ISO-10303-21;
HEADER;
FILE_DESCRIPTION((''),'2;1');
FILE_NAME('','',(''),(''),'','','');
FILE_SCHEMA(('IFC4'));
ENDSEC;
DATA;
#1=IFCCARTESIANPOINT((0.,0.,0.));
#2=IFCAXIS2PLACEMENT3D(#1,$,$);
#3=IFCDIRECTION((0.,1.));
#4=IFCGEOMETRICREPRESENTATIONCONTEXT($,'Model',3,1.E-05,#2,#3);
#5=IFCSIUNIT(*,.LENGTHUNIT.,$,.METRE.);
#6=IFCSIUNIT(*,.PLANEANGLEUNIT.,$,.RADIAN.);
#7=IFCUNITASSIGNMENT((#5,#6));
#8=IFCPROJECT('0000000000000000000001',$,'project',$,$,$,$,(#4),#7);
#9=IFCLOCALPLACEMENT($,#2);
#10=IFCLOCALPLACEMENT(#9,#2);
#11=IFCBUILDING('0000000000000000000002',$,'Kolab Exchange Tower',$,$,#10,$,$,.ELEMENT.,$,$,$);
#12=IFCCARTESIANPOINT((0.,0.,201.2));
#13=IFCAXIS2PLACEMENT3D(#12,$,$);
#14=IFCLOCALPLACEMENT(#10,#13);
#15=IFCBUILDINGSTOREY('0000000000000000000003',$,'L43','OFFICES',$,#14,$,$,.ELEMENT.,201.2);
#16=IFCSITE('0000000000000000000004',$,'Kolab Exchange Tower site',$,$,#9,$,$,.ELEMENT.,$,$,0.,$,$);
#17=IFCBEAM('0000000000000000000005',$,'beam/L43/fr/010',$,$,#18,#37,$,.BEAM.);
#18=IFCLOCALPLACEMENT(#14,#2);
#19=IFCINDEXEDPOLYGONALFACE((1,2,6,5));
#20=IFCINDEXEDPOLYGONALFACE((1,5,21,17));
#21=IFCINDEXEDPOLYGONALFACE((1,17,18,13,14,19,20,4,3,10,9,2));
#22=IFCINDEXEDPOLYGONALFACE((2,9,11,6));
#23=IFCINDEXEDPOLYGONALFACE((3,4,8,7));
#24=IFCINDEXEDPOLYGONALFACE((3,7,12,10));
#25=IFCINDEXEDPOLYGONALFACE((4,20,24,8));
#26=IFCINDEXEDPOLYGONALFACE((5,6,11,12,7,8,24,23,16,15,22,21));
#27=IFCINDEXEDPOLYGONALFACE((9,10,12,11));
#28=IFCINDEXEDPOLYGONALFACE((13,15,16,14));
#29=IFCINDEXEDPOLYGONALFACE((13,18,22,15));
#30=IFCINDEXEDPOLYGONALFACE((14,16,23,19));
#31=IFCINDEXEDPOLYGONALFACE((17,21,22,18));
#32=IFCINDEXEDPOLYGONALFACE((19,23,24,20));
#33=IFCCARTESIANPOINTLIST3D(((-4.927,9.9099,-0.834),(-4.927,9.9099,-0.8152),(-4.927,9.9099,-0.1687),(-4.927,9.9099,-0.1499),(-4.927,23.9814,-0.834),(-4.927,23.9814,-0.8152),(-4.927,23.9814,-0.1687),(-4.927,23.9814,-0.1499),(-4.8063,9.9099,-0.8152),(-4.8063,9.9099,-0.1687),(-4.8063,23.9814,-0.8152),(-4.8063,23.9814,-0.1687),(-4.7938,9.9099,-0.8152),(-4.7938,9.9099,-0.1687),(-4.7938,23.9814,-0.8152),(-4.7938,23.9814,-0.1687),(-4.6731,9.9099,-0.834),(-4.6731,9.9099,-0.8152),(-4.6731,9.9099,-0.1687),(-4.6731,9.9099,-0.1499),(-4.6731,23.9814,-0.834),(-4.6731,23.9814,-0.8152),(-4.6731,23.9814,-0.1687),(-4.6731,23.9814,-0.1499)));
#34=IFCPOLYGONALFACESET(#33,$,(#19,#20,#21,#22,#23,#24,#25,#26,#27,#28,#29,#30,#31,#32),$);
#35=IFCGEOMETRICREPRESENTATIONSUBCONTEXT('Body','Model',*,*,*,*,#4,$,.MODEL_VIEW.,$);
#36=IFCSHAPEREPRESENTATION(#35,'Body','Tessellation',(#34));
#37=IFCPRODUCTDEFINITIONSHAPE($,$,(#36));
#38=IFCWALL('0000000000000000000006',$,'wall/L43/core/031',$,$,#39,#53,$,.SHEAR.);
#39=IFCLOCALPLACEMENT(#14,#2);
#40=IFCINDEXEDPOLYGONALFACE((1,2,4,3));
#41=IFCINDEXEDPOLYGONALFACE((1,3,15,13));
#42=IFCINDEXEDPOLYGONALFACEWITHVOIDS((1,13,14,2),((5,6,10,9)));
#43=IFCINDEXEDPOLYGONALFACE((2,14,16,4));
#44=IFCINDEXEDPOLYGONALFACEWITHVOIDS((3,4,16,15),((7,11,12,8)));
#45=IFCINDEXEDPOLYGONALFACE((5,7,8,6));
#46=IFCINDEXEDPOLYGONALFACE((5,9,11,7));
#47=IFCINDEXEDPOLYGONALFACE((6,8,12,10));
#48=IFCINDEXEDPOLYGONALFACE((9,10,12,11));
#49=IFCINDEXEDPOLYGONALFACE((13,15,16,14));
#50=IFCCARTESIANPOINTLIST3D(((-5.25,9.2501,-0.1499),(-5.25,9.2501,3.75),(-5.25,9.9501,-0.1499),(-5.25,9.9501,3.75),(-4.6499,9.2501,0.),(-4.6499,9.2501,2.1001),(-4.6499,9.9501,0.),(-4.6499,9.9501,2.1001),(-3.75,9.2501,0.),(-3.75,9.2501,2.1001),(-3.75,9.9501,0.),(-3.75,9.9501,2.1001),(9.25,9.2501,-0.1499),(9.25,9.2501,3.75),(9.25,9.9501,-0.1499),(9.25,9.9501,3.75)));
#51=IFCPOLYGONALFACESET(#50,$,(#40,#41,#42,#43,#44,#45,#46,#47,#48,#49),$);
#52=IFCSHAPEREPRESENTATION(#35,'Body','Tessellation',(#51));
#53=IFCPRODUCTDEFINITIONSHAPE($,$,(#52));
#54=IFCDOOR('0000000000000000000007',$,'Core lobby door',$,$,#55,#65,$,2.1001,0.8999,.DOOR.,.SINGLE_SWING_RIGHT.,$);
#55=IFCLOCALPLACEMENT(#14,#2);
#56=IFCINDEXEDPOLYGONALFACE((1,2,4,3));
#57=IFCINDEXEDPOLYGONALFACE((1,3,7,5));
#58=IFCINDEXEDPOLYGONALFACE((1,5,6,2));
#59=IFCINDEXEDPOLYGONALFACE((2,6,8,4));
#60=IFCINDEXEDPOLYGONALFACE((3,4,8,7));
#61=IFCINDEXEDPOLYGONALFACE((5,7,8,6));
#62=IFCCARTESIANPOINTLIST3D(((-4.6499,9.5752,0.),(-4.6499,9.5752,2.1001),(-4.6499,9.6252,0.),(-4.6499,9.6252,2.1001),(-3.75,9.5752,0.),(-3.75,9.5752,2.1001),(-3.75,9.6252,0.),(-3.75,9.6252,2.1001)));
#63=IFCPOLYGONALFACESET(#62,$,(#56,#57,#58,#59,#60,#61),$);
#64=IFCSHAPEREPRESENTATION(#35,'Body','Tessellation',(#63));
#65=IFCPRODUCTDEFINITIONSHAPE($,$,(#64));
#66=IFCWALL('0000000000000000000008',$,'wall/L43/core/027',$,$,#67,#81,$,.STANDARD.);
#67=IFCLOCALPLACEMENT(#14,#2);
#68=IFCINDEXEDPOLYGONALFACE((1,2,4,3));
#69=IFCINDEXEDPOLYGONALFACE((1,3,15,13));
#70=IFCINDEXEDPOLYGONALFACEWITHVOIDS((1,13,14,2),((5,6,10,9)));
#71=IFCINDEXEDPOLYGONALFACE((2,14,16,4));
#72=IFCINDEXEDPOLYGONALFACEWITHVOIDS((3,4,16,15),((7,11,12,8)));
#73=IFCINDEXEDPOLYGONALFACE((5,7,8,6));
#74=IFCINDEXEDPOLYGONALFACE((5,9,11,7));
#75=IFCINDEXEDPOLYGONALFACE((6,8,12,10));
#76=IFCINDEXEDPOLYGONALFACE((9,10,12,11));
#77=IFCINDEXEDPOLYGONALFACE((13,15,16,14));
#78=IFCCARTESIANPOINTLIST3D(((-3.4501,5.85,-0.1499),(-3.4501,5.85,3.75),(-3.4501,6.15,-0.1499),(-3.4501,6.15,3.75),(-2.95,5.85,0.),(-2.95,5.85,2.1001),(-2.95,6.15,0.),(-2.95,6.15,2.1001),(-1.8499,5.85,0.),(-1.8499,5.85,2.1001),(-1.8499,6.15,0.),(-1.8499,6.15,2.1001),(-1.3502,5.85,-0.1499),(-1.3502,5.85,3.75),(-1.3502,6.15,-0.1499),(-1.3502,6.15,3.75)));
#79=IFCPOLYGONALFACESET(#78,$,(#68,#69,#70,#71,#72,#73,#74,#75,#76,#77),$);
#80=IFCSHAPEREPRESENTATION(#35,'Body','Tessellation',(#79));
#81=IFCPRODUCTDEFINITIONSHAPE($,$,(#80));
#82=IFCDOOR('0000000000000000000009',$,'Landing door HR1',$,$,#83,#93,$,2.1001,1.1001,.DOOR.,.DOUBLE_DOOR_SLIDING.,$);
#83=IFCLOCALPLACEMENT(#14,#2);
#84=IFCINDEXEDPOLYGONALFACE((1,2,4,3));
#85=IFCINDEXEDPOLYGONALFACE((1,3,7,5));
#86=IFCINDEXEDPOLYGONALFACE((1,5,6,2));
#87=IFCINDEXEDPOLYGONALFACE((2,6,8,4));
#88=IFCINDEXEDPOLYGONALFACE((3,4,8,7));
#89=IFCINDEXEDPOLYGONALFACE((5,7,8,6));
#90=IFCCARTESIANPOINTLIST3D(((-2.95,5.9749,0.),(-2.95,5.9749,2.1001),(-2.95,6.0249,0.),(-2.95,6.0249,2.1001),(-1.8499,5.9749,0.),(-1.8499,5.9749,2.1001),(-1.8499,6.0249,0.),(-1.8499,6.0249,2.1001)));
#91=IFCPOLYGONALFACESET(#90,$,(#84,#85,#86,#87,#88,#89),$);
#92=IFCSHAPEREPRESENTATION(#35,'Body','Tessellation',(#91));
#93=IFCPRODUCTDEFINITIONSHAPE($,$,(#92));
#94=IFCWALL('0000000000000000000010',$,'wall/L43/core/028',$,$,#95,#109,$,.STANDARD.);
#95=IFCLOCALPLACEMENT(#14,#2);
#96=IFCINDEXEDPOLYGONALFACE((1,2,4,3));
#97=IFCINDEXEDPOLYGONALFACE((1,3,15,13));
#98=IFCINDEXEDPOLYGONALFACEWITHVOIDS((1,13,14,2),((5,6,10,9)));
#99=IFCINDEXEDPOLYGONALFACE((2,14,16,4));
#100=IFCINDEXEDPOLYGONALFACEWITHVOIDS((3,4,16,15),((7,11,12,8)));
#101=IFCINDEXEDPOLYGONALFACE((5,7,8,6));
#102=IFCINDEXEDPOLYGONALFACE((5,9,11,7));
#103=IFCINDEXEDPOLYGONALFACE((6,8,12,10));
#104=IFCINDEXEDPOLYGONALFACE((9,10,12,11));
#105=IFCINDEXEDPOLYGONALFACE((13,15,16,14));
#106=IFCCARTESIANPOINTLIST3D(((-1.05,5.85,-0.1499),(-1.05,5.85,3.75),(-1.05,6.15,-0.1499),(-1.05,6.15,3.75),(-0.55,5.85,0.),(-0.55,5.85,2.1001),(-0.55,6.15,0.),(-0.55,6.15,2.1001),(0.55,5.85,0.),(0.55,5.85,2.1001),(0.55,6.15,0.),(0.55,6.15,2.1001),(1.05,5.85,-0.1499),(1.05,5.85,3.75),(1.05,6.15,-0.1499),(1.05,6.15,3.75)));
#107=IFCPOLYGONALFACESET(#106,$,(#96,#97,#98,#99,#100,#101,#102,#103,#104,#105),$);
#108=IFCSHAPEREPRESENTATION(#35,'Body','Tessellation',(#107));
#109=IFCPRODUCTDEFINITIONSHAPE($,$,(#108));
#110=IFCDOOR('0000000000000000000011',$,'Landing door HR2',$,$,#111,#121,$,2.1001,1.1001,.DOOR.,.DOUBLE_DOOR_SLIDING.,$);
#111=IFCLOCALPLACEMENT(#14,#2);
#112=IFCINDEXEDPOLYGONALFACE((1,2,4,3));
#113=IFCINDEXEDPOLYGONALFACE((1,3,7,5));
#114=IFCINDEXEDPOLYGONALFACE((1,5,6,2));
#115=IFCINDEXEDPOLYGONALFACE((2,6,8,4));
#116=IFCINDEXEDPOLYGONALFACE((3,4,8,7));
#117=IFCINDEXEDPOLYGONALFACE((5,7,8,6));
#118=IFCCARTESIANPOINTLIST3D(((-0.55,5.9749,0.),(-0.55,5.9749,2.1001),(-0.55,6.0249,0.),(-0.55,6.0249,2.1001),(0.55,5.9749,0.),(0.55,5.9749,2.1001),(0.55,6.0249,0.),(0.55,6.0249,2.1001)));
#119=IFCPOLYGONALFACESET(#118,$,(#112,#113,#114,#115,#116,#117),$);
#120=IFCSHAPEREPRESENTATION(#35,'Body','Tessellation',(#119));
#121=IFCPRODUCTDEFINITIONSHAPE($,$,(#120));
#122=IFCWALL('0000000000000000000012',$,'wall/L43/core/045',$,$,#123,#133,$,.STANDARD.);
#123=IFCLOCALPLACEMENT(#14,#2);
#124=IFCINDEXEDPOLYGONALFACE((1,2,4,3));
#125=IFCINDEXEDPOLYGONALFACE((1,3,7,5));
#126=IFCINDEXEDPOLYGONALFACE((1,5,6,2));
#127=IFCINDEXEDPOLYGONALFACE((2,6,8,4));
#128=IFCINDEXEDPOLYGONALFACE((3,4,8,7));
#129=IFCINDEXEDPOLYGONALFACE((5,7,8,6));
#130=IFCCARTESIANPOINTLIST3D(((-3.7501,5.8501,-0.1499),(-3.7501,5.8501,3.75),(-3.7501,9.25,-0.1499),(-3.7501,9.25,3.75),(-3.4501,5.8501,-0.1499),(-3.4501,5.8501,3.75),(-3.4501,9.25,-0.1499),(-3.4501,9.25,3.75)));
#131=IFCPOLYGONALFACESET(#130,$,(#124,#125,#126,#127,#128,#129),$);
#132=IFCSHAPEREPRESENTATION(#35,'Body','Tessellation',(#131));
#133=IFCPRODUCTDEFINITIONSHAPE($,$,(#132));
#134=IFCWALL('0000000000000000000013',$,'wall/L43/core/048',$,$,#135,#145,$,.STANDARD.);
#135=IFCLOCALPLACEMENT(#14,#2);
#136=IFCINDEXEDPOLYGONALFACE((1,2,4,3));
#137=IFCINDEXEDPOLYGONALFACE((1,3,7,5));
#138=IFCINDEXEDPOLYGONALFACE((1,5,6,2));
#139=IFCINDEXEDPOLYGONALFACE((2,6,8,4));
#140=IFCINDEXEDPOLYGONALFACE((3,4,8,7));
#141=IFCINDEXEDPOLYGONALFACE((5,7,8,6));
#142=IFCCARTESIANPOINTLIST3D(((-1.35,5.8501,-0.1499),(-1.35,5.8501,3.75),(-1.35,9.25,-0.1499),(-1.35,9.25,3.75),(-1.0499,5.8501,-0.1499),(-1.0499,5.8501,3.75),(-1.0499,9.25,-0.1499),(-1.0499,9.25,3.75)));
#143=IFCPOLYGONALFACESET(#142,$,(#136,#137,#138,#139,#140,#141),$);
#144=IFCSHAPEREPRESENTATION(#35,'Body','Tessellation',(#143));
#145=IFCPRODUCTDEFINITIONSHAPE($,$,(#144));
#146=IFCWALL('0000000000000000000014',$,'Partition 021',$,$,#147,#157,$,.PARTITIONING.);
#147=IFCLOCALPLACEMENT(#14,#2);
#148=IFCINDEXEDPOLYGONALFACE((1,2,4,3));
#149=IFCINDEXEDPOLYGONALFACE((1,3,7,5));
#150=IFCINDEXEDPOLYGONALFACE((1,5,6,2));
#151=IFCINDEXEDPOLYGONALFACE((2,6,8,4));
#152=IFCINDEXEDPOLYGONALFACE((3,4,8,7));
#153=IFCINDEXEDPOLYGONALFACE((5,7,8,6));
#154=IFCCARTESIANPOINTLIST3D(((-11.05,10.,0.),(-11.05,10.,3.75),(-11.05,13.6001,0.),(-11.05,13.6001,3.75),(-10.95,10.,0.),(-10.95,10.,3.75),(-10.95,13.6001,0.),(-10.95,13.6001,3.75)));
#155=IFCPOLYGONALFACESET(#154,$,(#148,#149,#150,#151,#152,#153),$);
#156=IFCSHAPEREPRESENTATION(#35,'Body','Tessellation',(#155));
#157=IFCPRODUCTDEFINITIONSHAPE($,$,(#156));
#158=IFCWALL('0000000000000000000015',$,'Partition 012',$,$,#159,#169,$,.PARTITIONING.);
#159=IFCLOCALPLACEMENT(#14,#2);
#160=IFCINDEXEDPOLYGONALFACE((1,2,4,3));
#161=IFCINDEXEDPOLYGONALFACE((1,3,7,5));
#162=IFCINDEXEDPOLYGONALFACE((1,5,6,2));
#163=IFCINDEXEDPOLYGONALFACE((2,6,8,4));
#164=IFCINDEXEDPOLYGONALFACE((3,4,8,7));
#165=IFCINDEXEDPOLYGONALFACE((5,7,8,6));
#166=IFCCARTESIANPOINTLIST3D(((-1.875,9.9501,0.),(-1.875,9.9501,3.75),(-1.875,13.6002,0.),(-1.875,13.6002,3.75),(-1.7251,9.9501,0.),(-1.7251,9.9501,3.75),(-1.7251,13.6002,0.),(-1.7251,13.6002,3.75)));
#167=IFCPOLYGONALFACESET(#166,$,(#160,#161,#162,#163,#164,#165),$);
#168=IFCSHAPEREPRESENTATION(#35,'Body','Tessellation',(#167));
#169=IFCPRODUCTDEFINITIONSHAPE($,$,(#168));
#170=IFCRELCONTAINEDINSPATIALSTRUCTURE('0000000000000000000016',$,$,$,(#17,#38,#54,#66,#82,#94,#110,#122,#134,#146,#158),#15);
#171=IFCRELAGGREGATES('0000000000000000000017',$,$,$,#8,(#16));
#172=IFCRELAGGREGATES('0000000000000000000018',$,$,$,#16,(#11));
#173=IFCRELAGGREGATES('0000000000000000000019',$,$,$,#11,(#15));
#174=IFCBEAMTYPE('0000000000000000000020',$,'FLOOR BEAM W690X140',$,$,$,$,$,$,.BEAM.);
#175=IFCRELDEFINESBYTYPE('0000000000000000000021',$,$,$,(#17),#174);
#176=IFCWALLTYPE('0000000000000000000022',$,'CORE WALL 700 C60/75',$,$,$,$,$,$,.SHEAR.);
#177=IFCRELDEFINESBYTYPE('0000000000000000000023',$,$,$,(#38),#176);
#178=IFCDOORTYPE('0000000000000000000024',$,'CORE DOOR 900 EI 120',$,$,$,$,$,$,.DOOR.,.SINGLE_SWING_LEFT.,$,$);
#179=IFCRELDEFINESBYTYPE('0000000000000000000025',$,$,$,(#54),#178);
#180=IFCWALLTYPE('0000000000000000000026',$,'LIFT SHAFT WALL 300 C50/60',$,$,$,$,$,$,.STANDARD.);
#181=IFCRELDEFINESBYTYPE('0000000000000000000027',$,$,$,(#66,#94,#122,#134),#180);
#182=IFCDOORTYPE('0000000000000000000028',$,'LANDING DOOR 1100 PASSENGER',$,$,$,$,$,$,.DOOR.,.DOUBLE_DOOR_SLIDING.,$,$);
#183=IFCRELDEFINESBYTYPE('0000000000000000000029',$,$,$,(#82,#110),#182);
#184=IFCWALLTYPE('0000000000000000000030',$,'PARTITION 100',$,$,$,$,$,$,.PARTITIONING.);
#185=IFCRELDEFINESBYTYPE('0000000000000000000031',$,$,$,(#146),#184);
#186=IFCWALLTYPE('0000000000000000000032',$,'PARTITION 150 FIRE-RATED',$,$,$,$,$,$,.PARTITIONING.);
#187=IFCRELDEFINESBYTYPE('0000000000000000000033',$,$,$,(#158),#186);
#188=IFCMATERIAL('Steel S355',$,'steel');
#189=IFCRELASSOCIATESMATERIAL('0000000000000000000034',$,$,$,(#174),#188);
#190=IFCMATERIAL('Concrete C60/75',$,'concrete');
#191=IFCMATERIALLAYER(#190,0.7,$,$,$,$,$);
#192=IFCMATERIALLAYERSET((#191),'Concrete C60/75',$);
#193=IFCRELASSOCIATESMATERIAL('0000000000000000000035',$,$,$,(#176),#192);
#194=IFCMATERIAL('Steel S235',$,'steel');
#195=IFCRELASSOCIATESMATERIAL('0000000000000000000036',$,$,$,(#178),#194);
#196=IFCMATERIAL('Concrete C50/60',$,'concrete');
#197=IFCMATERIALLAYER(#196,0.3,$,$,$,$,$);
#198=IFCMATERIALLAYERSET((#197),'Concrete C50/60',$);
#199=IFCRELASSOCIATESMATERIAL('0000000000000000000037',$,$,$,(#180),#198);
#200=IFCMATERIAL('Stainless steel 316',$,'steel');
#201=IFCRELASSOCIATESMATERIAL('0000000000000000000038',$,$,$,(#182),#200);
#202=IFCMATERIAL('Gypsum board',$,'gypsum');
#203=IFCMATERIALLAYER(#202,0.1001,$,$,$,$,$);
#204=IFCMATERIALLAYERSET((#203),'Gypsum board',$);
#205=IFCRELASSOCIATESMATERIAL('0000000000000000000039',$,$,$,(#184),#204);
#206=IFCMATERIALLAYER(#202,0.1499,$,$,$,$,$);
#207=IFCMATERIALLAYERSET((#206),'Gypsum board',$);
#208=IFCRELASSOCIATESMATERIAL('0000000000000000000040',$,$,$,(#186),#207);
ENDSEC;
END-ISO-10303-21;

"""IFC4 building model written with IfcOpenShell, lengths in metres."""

from ifc_helpers import new_model, si_unit, direction, frame, frame_2d, origin, origin_2d, place, context, subcontext, project, spatial, rectangle, i_section, extrude, material, layer, layer_set, material_profile, profile_set, type_object, element, fill, save


model = new_model("IFC4")

# Units and contexts
model_context = context("Model", 3, precision=1e-05, world=origin(), true_north=direction((0.0, 1.0)))
body_context = subcontext(model_context, "Body", "Model", "MODEL_VIEW")
ifc_project = project(units=[si_unit("LENGTHUNIT", "METRE"), si_unit("PLANEANGLEUNIT", "RADIAN")], contexts=[model_context])

# Site, building, storey
site_placement = place(None, origin())
site = spatial("IfcSite", under=ifc_project, at=site_placement, Name="Kolab Exchange Tower site", CompositionType="ELEMENT", RefElevation=0.0)
building_placement = place(site_placement, origin())
building = spatial("IfcBuilding", under=site, at=building_placement, Name="Kolab Exchange Tower", CompositionType="ELEMENT")
storey_placement = place(building_placement, frame((0.0, 0.0, 201.2)))
storey = spatial("IfcBuildingStorey", under=building, at=storey_placement, Name="L43", Description="OFFICES", CompositionType="ELEMENT", Elevation=201.2)

# Beam
ifc_material_1 = material(Name="Steel S355", Category="steel")
ifc_material_profile = material_profile(ifc_material_1, i_section(OverallWidth=0.2539, OverallDepth=0.6841, WebThickness=0.0125, FlangeThickness=0.0188, at=origin_2d()), Name="W690X140")
ifc_profile_set = profile_set([ifc_material_profile], Name="Steel S355")
beam_type = type_object("IfcBeamType", Name="FLOOR BEAM W690X140", PredefinedType="BEAM", material=ifc_profile_set)
beam_placement = place(storey_placement, frame((-4.8, 9.9099, -0.4919), z_axis=(0.0, 1.0, 0.0), x_axis=(-1.0, 0.0, 0.0)))
element("IfcBeam", 1, at=beam_placement, inside=storey, type_object=beam_type, Name="beam/L43/fr/010", PredefinedType="BEAM", context=body_context, shape_type="SweptSolid", body=[
    extrude(i_section(OverallWidth=0.2539, OverallDepth=0.6841, WebThickness=0.0125, FlangeThickness=0.0188, at=origin_2d()), origin(), (0.0, 0.0, 1.0), 14.0715),
])

# Walls, openings, doors
ifc_material_2 = material(Name="Concrete C60/75", Category="concrete")
ifc_layer_1 = layer(ifc_material_2, 0.7)
ifc_layer_set_1 = layer_set([ifc_layer_1], Name="Concrete C60/75")
wall_type_1 = type_object("IfcWallType", Name="CORE WALL 700 C60/75", PredefinedType="SHEAR", material=ifc_layer_set_1)
wall_1_placement = place(storey_placement, frame((-5.25, 9.6001, -0.1499), z_axis=(0.0, 0.0, 1.0), x_axis=(1.0, 0.0, 0.0)))
wall_1 = element("IfcWall", 2, at=wall_1_placement, inside=storey, type_object=wall_type_1, Name="wall/L43/core/031", PredefinedType="SHEAR", context=body_context, shape_type="SweptSolid", body=[
    extrude(rectangle(XDim=14.5, YDim=0.7, at=frame_2d((7.25, 0.0))), origin(), (0.0, 0.0, 1.0), 3.8999),
])
opening_1_placement = place(wall_1_placement, frame((0.6001, 0.0, 0.1499)))
opening_1 = element("IfcOpeningElement", 3, at=opening_1_placement, cuts=wall_1, PredefinedType="OPENING", context=body_context, shape_type="SweptSolid", body=[
    extrude(rectangle(XDim=0.8999, YDim=2.1001, at=frame_2d((0.45, 1.05))), frame((0.0, 0.3599, 0.0), z_axis=(0.0, -1.0, 0.0), x_axis=(1.0, 0.0, 0.0)), (0.0, 0.0, 1.0), 0.72),
])
ifc_material_3 = material(Name="Steel S235", Category="steel")
door_type_1 = type_object("IfcDoorType", Name="CORE DOOR 900 EI 120", OperationType="SINGLE_SWING_LEFT", PredefinedType="DOOR", material=ifc_material_3)
door_1_placement = place(opening_1_placement, frame((0.8999, 0.0, 0.0), z_axis=(0.0, 0.0, 1.0), x_axis=(-1.0, 0.0, 0.0)))
door_1 = element("IfcDoor", 4, at=door_1_placement, inside=storey, type_object=door_type_1, Name="Core lobby door", OperationType="SINGLE_SWING_RIGHT", OverallHeight=2.1001, OverallWidth=0.8999, PredefinedType="DOOR", context=body_context, shape_type="SweptSolid", body=[
    extrude(rectangle(XDim=0.8999, YDim=2.1001, at=frame_2d((0.45, 1.05))), frame((0.0, 0.0249, 0.0), z_axis=(0.0, -1.0, 0.0), x_axis=(1.0, 0.0, 0.0)), (0.0, 0.0, 1.0), 0.05),
])
fill(opening_1, door_1)
ifc_material_4 = material(Name="Concrete C50/60", Category="concrete")
ifc_layer_2 = layer(ifc_material_4, 0.3)
ifc_layer_set_2 = layer_set([ifc_layer_2], Name="Concrete C50/60")
wall_type_2 = type_object("IfcWallType", Name="LIFT SHAFT WALL 300 C50/60", PredefinedType="STANDARD", material=ifc_layer_set_2)
wall_2_placement = place(storey_placement, frame((-3.45, 6.0, -0.1499), z_axis=(0.0, 0.0, 1.0), x_axis=(1.0, 0.0, 0.0)))
wall_2 = element("IfcWall", 5, at=wall_2_placement, inside=storey, type_object=wall_type_2, Name="wall/L43/core/027", PredefinedType="STANDARD", context=body_context, shape_type="SweptSolid", body=[
    extrude(rectangle(XDim=2.0999, YDim=0.3, at=frame_2d((1.0498, 0.0))), origin(), (0.0, 0.0, 1.0), 3.8999),
])
opening_2_placement = place(wall_2_placement, frame((0.5, 0.0, 0.1499)))
opening_2 = element("IfcOpeningElement", 6, at=opening_2_placement, cuts=wall_2, PredefinedType="OPENING", context=body_context, shape_type="SweptSolid", body=[
    extrude(rectangle(XDim=1.1001, YDim=2.1001, at=frame_2d((0.55, 1.05))), frame((0.0, 0.1602, 0.0), z_axis=(0.0, -1.0, 0.0), x_axis=(1.0, 0.0, 0.0)), (0.0, 0.0, 1.0), 0.3201),
])
ifc_material_5 = material(Name="Stainless steel 316", Category="steel")
door_type_2 = type_object("IfcDoorType", Name="LANDING DOOR 1100 PASSENGER", OperationType="DOUBLE_DOOR_SLIDING", PredefinedType="DOOR", material=ifc_material_5)
door_2_placement = place(opening_2_placement, origin())
door_2 = element("IfcDoor", 7, at=door_2_placement, inside=storey, type_object=door_type_2, Name="Landing door HR1", OperationType="DOUBLE_DOOR_SLIDING", OverallHeight=2.1001, OverallWidth=1.1001, PredefinedType="DOOR", context=body_context, shape_type="SweptSolid", body=[
    extrude(rectangle(XDim=1.1001, YDim=2.1001, at=frame_2d((0.55, 1.05))), frame((0.0, 0.0249, 0.0), z_axis=(0.0, -1.0, 0.0), x_axis=(1.0, 0.0, 0.0)), (0.0, 0.0, 1.0), 0.05),
])
fill(opening_2, door_2)
wall_3_placement = place(storey_placement, frame((-1.05, 6.0, -0.1499), z_axis=(0.0, 0.0, 1.0), x_axis=(1.0, 0.0, 0.0)))
wall_3 = element("IfcWall", 8, at=wall_3_placement, inside=storey, type_object=wall_type_2, Name="wall/L43/core/028", PredefinedType="STANDARD", context=body_context, shape_type="SweptSolid", body=[
    extrude(rectangle(XDim=2.1001, YDim=0.3, at=frame_2d((1.05, 0.0))), origin(), (0.0, 0.0, 1.0), 3.8999),
])
opening_3_placement = place(wall_3_placement, frame((0.5, 0.0, 0.1499)))
opening_3 = element("IfcOpeningElement", 9, at=opening_3_placement, cuts=wall_3, PredefinedType="OPENING", context=body_context, shape_type="SweptSolid", body=[
    extrude(rectangle(XDim=1.1001, YDim=2.1001, at=frame_2d((0.55, 1.05))), frame((0.0, 0.1602, 0.0), z_axis=(0.0, -1.0, 0.0), x_axis=(1.0, 0.0, 0.0)), (0.0, 0.0, 1.0), 0.3201),
])
door_3_placement = place(opening_3_placement, origin())
door_3 = element("IfcDoor", 10, at=door_3_placement, inside=storey, type_object=door_type_2, Name="Landing door HR2", OperationType="DOUBLE_DOOR_SLIDING", OverallHeight=2.1001, OverallWidth=1.1001, PredefinedType="DOOR", context=body_context, shape_type="SweptSolid", body=[
    extrude(rectangle(XDim=1.1001, YDim=2.1001, at=frame_2d((0.55, 1.05))), frame((0.0, 0.0249, 0.0), z_axis=(0.0, -1.0, 0.0), x_axis=(1.0, 0.0, 0.0)), (0.0, 0.0, 1.0), 0.05),
])
fill(opening_3, door_3)

# Walls
for number, where, z_axis, x_axis, name in (
    (11, (-3.6001, 5.8501, -0.1499), (0.0, 0.0, 1.0), (0.0, 1.0, 0.0), "wall/L43/core/045"),
    (12, (-1.2, 5.8501, -0.1499), (0.0, 0.0, 1.0), (0.0, 1.0, 0.0), "wall/L43/core/048"),
):
    element("IfcWall", number, at=place(storey_placement, frame(where, z_axis=z_axis, x_axis=x_axis)), inside=storey, type_object=wall_type_2, Name=name, PredefinedType="STANDARD", context=body_context, shape_type="SweptSolid", body=[
        extrude(rectangle(XDim=3.3999, YDim=0.3, at=frame_2d((1.7, 0.0))), origin(), (0.0, 0.0, 1.0), 3.8999),
    ])
ifc_material_6 = material(Name="Gypsum board", Category="gypsum")
ifc_layer_3 = layer(ifc_material_6, 0.1001)
ifc_layer_set_3 = layer_set([ifc_layer_3], Name="Gypsum board")
wall_type_3 = type_object("IfcWallType", Name="PARTITION 100", PredefinedType="PARTITIONING", material=ifc_layer_set_3)
wall_4_placement = place(storey_placement, frame((-11.0, 10.0, 0.0), z_axis=(0.0, 0.0, 1.0), x_axis=(0.0, 1.0, 0.0)))
element("IfcWall", 13, at=wall_4_placement, inside=storey, type_object=wall_type_3, Name="Partition 021", PredefinedType="PARTITIONING", context=body_context, shape_type="SweptSolid", body=[
    extrude(rectangle(XDim=3.6001, YDim=0.1001, at=frame_2d((1.8, 0.0))), origin(), (0.0, 0.0, 1.0), 3.75),
])
ifc_layer_4 = layer(ifc_material_6, 0.1499)
ifc_layer_set_4 = layer_set([ifc_layer_4], Name="Gypsum board")
wall_type_4 = type_object("IfcWallType", Name="PARTITION 150 FIRE-RATED", PredefinedType="PARTITIONING", material=ifc_layer_set_4)
wall_5_placement = place(storey_placement, frame((-1.8, 9.95, 0.0), z_axis=(0.0, 0.0, 1.0), x_axis=(0.0, 1.0, 0.0)))
element("IfcWall", 14, at=wall_5_placement, inside=storey, type_object=wall_type_4, Name="Partition 012", PredefinedType="PARTITIONING", context=body_context, shape_type="SweptSolid", body=[
    extrude(rectangle(XDim=3.6501, YDim=0.1499, at=frame_2d((1.8252, 0.0))), origin(), (0.0, 0.0, 1.0), 3.75),
])

save(model, "model.ifc")
